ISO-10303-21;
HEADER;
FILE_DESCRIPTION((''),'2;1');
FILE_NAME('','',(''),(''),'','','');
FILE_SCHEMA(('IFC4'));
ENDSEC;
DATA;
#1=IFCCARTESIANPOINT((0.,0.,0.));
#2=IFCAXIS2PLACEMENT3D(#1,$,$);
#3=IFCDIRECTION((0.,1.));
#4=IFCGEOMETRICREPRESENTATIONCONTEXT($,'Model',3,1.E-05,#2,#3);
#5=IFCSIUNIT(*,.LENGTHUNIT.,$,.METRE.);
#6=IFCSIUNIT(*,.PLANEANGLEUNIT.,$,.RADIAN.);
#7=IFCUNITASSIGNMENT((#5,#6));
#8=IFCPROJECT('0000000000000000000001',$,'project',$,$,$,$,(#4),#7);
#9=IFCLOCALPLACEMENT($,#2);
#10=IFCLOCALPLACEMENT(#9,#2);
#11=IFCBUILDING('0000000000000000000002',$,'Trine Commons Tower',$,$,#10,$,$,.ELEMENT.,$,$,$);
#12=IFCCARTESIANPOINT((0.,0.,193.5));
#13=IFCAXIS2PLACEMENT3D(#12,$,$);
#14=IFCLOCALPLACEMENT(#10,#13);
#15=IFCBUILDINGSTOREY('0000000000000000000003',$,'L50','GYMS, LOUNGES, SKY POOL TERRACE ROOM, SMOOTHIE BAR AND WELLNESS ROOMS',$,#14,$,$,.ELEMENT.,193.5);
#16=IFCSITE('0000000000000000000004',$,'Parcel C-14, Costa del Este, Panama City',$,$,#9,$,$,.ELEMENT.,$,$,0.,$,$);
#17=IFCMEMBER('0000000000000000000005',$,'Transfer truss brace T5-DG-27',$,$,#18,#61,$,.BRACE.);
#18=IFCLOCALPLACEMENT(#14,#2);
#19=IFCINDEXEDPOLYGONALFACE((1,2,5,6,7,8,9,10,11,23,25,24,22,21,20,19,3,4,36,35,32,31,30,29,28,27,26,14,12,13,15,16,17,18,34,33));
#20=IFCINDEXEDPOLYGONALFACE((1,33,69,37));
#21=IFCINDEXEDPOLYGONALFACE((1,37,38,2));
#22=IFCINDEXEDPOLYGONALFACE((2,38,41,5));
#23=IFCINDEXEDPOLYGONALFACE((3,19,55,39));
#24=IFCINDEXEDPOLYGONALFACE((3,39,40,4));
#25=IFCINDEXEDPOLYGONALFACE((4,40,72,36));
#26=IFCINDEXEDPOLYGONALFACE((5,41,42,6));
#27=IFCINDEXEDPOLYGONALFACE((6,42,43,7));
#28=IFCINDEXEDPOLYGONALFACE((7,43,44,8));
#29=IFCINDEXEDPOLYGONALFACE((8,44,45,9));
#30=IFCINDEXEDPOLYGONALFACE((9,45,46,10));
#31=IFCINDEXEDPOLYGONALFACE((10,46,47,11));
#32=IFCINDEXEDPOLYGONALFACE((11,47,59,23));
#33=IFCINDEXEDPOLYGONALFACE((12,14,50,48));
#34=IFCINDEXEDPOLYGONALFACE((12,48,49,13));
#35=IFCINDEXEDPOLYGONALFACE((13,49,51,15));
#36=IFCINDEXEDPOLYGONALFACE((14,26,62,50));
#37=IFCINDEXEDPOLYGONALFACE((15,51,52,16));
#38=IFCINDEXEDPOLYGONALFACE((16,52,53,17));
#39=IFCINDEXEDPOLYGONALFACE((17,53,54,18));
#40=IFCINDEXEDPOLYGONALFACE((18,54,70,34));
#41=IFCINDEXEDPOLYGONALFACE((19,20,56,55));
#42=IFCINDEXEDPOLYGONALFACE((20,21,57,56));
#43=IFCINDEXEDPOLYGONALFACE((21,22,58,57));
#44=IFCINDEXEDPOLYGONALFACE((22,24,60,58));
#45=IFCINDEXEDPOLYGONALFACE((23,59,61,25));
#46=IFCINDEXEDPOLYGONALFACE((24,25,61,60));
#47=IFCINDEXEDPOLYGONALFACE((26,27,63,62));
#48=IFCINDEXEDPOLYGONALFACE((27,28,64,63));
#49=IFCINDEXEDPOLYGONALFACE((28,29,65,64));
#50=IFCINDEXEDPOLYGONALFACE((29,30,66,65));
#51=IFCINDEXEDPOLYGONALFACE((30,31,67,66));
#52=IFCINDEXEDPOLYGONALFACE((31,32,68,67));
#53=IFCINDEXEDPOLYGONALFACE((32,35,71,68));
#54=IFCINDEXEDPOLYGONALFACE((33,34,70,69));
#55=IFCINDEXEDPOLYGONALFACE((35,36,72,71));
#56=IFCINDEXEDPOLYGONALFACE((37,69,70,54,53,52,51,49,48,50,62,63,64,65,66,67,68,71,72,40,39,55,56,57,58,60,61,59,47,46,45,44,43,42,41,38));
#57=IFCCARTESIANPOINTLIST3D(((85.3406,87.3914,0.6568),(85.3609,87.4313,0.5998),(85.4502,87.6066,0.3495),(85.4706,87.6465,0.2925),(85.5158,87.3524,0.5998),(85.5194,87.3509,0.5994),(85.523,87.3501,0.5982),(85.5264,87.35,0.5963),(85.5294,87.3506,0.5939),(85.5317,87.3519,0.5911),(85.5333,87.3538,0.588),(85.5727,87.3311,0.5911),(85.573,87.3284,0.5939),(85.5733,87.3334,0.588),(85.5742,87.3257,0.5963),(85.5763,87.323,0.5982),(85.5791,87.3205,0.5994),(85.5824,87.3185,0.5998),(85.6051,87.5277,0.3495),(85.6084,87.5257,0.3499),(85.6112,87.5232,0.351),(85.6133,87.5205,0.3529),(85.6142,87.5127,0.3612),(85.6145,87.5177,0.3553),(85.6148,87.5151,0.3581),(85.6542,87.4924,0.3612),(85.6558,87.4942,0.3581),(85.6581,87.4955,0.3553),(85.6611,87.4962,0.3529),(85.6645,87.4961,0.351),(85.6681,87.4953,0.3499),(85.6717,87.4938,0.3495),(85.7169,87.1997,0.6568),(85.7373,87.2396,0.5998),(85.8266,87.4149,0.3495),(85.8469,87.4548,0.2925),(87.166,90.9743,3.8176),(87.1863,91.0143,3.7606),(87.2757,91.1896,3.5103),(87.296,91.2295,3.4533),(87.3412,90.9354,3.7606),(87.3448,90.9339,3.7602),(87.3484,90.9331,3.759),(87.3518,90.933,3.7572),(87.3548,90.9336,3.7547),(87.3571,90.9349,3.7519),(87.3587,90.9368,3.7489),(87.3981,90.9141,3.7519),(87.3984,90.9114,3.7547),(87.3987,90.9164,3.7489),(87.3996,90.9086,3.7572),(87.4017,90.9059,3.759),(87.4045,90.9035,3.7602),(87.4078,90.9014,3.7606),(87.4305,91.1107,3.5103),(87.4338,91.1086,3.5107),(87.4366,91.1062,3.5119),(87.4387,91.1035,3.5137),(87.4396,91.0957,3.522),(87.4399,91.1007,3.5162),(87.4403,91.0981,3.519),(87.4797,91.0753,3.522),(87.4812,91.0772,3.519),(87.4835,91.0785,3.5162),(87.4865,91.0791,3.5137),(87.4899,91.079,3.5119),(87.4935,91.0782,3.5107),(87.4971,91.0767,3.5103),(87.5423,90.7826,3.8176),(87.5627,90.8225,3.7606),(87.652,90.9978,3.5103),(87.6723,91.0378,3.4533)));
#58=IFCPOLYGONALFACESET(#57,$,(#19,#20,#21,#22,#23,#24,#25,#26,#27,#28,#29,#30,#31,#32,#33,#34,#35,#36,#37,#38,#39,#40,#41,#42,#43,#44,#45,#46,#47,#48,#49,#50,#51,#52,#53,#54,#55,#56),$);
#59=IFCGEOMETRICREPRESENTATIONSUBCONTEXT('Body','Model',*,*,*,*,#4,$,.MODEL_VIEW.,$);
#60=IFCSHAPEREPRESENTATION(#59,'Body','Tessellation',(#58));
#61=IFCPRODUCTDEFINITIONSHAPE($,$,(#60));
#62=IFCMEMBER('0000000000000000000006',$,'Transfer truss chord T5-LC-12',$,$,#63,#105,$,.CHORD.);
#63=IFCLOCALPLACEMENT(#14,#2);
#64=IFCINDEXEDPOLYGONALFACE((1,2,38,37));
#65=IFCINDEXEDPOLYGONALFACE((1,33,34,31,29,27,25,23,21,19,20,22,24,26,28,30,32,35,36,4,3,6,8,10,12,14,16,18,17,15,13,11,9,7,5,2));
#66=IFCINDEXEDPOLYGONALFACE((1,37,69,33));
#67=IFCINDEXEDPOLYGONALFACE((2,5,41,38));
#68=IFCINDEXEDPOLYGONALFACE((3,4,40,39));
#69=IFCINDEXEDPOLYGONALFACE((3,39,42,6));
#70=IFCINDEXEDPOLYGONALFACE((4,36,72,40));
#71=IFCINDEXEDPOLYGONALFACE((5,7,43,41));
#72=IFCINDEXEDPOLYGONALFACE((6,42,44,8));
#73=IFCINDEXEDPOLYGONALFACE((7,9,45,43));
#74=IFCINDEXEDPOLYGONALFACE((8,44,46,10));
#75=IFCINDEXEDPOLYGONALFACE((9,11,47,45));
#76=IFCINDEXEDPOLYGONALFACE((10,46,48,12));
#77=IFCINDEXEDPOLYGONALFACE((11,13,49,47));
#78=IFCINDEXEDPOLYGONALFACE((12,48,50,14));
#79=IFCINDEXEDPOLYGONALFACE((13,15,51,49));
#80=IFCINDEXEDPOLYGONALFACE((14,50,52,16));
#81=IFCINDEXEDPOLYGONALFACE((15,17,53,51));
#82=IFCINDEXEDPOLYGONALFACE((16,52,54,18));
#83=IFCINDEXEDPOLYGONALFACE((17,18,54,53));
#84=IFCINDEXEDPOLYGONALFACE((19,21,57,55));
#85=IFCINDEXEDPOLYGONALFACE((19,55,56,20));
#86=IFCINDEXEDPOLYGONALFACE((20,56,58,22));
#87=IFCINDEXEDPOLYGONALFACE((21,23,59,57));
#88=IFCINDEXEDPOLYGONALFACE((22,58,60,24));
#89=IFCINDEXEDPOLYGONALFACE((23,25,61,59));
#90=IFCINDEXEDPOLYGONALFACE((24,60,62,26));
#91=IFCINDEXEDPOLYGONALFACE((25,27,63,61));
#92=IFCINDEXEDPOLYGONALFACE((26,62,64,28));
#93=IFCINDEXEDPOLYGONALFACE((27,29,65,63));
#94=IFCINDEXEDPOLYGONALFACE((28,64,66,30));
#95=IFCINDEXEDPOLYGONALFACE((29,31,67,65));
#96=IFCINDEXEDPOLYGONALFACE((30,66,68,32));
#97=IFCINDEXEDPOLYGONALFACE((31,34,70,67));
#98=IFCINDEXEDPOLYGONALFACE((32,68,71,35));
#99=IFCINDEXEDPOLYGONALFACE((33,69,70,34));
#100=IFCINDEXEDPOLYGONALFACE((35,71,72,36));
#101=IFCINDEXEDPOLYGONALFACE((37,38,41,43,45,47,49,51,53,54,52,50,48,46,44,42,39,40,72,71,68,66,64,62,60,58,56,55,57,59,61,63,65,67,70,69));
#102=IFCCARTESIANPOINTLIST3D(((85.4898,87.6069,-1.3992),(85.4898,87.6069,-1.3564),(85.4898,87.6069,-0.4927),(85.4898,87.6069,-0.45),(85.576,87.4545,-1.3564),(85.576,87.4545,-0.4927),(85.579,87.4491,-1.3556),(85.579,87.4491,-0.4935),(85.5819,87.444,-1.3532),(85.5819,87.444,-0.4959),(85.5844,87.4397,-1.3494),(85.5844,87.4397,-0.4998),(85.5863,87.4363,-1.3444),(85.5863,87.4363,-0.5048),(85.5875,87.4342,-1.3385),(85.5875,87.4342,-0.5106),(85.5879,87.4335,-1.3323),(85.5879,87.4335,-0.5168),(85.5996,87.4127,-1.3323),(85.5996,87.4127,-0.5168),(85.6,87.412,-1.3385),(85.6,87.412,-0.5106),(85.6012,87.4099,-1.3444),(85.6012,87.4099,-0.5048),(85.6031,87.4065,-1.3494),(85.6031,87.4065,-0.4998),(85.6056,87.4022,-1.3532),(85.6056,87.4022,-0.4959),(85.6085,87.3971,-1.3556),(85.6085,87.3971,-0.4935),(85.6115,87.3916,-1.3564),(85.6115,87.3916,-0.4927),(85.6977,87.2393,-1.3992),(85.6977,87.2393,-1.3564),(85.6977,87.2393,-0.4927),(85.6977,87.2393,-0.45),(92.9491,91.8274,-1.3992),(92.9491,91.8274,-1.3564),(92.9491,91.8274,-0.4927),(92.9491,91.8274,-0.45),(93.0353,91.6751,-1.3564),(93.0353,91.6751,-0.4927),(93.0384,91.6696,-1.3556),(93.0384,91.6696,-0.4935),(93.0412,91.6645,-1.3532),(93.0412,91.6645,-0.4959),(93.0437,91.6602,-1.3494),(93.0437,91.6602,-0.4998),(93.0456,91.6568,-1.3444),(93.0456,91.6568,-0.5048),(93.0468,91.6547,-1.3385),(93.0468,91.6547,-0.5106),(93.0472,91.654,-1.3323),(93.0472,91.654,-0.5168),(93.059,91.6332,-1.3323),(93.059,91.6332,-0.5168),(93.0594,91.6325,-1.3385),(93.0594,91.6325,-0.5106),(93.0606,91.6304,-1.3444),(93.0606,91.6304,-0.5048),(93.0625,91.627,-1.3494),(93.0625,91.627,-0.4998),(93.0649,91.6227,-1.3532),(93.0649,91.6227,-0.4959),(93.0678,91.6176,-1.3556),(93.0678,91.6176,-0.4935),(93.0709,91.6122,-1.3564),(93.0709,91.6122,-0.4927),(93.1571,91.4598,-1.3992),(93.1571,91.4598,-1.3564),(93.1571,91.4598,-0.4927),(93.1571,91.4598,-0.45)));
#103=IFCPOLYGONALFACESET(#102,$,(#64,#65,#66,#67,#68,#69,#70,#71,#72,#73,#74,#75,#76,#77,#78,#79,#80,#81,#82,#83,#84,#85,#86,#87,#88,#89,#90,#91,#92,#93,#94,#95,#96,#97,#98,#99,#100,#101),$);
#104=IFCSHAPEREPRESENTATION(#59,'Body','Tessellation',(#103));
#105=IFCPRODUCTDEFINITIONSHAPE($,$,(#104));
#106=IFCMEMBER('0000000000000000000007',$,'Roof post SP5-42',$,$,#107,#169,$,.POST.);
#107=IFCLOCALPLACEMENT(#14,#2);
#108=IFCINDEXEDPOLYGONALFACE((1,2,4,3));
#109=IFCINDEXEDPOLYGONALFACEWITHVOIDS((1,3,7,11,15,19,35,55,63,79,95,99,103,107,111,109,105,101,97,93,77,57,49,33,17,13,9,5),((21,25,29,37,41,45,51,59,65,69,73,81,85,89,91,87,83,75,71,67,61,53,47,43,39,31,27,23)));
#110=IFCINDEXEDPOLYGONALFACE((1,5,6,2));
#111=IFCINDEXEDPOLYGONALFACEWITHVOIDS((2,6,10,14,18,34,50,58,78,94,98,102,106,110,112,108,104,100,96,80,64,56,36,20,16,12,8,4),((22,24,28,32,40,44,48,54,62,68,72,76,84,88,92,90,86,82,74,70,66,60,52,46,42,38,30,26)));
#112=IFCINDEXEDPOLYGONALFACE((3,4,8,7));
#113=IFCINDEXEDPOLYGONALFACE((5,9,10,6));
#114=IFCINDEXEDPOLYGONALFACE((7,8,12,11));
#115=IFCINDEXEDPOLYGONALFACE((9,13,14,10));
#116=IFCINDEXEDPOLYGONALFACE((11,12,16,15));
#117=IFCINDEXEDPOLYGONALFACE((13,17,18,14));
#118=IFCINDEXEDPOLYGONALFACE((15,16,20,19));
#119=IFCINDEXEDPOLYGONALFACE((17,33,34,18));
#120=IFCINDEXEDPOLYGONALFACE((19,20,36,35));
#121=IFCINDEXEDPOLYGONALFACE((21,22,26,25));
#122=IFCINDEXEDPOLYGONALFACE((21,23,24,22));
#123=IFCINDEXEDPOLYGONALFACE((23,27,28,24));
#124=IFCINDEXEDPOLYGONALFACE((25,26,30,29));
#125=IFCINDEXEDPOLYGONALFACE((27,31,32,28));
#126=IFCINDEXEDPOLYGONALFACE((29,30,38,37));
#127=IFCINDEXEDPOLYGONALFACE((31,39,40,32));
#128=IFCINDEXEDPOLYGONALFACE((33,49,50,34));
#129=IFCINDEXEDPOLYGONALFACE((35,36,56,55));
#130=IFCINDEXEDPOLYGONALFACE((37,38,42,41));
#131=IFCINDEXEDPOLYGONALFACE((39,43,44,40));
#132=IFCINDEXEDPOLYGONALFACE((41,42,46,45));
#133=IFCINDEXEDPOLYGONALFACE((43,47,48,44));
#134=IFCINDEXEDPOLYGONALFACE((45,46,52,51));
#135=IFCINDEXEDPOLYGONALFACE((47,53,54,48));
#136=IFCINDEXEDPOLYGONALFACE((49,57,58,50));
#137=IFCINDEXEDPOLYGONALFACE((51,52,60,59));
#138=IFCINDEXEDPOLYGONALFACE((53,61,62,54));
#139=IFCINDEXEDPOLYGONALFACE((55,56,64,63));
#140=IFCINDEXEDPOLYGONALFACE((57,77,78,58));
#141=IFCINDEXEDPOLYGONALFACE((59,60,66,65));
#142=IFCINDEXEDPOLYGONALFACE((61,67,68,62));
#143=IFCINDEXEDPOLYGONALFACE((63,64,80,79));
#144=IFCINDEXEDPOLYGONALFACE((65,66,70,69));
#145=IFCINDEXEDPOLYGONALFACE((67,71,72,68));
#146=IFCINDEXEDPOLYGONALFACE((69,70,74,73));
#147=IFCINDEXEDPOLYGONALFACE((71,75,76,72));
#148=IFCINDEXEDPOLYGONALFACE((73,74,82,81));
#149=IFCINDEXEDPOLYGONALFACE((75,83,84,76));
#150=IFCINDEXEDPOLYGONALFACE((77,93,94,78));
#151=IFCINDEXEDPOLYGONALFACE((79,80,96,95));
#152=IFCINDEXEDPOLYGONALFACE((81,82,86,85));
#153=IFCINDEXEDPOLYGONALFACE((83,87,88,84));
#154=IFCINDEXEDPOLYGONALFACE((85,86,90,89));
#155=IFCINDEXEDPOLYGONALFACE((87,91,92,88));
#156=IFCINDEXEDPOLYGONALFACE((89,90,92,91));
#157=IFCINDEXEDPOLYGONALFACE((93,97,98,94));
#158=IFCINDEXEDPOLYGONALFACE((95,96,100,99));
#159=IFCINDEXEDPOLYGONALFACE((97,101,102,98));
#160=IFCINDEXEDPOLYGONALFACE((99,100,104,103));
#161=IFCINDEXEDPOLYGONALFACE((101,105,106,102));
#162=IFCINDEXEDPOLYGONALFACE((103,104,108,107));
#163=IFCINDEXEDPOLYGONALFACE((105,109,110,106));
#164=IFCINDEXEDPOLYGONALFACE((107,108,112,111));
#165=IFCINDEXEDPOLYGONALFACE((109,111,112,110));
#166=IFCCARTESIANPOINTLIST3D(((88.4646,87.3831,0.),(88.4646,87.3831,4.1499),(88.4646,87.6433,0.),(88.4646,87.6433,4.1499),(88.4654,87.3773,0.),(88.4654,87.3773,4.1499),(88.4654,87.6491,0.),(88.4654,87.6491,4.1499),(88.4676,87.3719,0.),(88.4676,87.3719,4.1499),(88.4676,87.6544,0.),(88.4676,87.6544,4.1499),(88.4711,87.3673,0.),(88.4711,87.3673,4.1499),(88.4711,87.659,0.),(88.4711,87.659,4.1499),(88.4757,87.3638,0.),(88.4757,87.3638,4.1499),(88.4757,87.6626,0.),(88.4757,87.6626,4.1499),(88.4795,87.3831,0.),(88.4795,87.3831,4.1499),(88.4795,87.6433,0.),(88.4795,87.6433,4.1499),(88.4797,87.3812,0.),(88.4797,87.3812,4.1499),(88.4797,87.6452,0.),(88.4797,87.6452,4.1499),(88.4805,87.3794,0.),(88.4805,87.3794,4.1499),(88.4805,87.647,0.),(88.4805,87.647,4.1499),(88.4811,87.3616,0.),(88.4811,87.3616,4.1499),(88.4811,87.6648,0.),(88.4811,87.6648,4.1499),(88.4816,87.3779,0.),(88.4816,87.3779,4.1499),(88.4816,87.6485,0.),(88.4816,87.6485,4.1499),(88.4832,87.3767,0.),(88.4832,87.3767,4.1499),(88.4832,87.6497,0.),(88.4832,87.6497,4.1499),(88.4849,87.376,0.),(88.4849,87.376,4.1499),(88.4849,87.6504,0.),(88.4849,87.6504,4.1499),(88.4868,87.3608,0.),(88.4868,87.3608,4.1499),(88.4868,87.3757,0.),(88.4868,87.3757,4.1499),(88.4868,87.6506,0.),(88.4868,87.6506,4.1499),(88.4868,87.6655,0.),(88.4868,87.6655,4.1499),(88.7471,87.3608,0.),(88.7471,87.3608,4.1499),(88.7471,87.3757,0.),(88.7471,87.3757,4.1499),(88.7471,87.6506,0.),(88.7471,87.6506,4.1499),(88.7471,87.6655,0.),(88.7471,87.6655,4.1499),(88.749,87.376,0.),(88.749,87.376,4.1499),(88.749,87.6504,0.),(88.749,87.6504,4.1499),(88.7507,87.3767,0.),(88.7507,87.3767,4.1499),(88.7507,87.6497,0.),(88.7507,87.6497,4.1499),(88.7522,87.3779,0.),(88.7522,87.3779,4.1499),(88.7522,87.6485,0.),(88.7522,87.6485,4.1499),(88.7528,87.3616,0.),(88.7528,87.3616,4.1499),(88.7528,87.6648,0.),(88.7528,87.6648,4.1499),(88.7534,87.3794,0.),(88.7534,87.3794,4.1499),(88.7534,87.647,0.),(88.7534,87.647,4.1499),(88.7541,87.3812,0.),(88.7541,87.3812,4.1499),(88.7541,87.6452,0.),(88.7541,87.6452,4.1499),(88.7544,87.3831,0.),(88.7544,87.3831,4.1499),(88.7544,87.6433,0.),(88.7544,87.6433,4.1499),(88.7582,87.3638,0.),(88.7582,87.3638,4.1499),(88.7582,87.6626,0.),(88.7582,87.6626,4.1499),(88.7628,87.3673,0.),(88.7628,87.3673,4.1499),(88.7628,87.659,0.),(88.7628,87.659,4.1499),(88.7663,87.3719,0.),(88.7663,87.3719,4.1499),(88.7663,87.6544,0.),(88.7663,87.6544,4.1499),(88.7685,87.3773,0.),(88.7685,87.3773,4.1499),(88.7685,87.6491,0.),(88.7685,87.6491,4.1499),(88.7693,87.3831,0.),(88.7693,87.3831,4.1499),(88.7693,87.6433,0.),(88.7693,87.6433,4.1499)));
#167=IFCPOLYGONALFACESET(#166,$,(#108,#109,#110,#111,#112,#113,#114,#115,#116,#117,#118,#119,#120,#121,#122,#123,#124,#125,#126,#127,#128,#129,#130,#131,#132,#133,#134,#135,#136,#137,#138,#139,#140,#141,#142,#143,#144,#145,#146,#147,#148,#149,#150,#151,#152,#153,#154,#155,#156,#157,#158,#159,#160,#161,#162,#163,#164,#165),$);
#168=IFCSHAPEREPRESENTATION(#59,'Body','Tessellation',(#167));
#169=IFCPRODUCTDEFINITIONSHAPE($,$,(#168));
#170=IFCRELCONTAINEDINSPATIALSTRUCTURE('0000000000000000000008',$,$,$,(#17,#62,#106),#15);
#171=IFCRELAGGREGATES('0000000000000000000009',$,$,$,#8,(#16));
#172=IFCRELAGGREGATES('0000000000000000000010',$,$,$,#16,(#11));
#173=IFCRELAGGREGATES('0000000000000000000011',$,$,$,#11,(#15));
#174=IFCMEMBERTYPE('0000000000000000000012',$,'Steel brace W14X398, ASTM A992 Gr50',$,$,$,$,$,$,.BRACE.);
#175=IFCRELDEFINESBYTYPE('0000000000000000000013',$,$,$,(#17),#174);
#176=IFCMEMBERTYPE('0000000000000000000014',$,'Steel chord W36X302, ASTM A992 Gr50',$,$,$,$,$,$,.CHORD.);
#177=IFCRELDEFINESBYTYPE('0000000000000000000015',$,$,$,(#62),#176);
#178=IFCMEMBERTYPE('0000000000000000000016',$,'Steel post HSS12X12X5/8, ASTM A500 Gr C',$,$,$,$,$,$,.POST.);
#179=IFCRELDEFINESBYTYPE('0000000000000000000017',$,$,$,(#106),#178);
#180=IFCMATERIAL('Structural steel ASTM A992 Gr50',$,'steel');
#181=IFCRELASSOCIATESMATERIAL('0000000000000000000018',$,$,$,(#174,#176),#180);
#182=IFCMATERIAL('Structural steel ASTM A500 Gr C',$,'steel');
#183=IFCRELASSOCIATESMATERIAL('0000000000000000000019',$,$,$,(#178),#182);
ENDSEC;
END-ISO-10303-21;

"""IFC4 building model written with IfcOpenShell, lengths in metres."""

from ifc_helpers import new_model, si_unit, direction, frame, origin, origin_2d, place, context, subcontext, project, spatial, hollow_rectangle, i_section, extrude, material, material_profile, profile_set, type_object, element, save


model = new_model("IFC4")

# Units and contexts
model_context = context("Model", 3, precision=1e-05, world=origin(), true_north=direction((0.0, 1.0)))
body_context = subcontext(model_context, "Body", "Model", "MODEL_VIEW")
ifc_project = project(units=[si_unit("LENGTHUNIT", "METRE"), si_unit("PLANEANGLEUNIT", "RADIAN")], contexts=[model_context])

# Site, building, storey
site_placement = place(None, origin())
site = spatial("IfcSite", under=ifc_project, at=site_placement, Name="Parcel C-14, Costa del Este, Panama City", CompositionType="ELEMENT", RefElevation=0.0)
building_placement = place(site_placement, origin())
building = spatial("IfcBuilding", under=site, at=building_placement, Name="Trine Commons Tower", CompositionType="ELEMENT")
storey_placement = place(building_placement, frame((0.0, 0.0, 193.5)))
storey = spatial("IfcBuildingStorey", under=building, at=storey_placement, Name="L50", Description="GYMS, LOUNGES, SKY POOL TERRACE ROOM, SMOOTHIE BAR AND WELLNESS ROOMS", CompositionType="ELEMENT", Elevation=193.5)

# Shared definitions
ifc_material_1 = material(Name="Structural steel ASTM A992 Gr50", Category="steel")

# Members
ifc_material_profile_1 = material_profile(ifc_material_1, i_section(OverallWidth=0.4224, OverallDepth=0.4634, WebThickness=0.0449, FlangeThickness=0.0725, FilletRadius=0.0149, at=origin_2d()), Name="W14X398")
ifc_profile_set_1 = profile_set([ifc_material_profile_1], Name="Structural steel ASTM A992 Gr50")
member_type_1 = type_object("IfcMemberType", Name="Steel brace W14X398, ASTM A992 Gr50", PredefinedType="BRACE", material=ifc_profile_set_1)
member_1_placement = place(storey_placement, frame((85.5938, 87.4231, 0.4746), z_axis=(0.356892, 0.700515, 0.617986), x_axis=(-0.891026, 0.453952, 0.0)))
element("IfcMember", 1, at=member_1_placement, inside=storey, type_object=member_type_1, Name="Transfer truss brace T5-DG-27", PredefinedType="BRACE", context=body_context, shape_type="SweptSolid", body=[
    extrude(i_section(OverallWidth=0.4224, OverallDepth=0.4634, WebThickness=0.0449, FlangeThickness=0.0725, FilletRadius=0.0149, at=origin_2d()), origin(), (0.0, 0.0, 1.0), 5.1147),
])
ifc_material_profile_2 = material_profile(ifc_material_1, i_section(OverallWidth=0.4224, OverallDepth=0.9492, WebThickness=0.0239, FlangeThickness=0.0427, FilletRadius=0.0242, at=origin_2d()), Name="W36X302")
ifc_profile_set_2 = profile_set([ifc_material_profile_2], Name="Structural steel ASTM A992 Gr50")
member_type_2 = type_object("IfcMemberType", Name="Steel chord W36X302, ASTM A992 Gr50", PredefinedType="CHORD", material=ifc_profile_set_2)
member_2_placement = place(storey_placement, frame((85.5938, 87.4231, -0.9246), z_axis=(0.870344, 0.492444, 0.0), x_axis=(-0.492444, 0.870344, 0.0)))
element("IfcMember", 2, at=member_2_placement, inside=storey, type_object=member_type_2, Name="Transfer truss chord T5-LC-12", PredefinedType="CHORD", context=body_context, shape_type="SweptSolid", body=[
    extrude(i_section(OverallWidth=0.4224, OverallDepth=0.9492, WebThickness=0.0239, FlangeThickness=0.0427, FilletRadius=0.0242, at=origin_2d()), origin(), (0.0, 0.0, 1.0), 8.5706),
])
ifc_material_2 = material(Name="Structural steel ASTM A500 Gr C", Category="steel")
ifc_material_profile_3 = material_profile(ifc_material_2, hollow_rectangle(XDim=0.3047, YDim=0.3047, WallThickness=0.0149, InnerFilletRadius=0.0073, OuterFilletRadius=0.0222, at=origin_2d()), Name="HSS12X12X5/8")
ifc_profile_set_3 = profile_set([ifc_material_profile_3], Name="Structural steel ASTM A500 Gr C")
member_type_3 = type_object("IfcMemberType", Name="Steel post HSS12X12X5/8, ASTM A500 Gr C", PredefinedType="POST", material=ifc_profile_set_3)
for number, where, z_axis, x_axis, name in (
    (3, (88.6169, 87.5132, 0.0), (0.0, 0.0, 1.0), (1.0, 0.0, 0.0), "Roof post SP5-42"),
):
    element("IfcMember", number, at=place(storey_placement, frame(where, z_axis=z_axis, x_axis=x_axis)), inside=storey, type_object=member_type_3, Name=name, PredefinedType="POST", context=body_context, shape_type="SweptSolid", body=[
        extrude(hollow_rectangle(XDim=0.3047, YDim=0.3047, WallThickness=0.0149, InnerFilletRadius=0.0073, OuterFilletRadius=0.0222, at=origin_2d()), origin(), (0.0, 0.0, 1.0), 4.1499),
    ])

save(model, "model.ifc")
